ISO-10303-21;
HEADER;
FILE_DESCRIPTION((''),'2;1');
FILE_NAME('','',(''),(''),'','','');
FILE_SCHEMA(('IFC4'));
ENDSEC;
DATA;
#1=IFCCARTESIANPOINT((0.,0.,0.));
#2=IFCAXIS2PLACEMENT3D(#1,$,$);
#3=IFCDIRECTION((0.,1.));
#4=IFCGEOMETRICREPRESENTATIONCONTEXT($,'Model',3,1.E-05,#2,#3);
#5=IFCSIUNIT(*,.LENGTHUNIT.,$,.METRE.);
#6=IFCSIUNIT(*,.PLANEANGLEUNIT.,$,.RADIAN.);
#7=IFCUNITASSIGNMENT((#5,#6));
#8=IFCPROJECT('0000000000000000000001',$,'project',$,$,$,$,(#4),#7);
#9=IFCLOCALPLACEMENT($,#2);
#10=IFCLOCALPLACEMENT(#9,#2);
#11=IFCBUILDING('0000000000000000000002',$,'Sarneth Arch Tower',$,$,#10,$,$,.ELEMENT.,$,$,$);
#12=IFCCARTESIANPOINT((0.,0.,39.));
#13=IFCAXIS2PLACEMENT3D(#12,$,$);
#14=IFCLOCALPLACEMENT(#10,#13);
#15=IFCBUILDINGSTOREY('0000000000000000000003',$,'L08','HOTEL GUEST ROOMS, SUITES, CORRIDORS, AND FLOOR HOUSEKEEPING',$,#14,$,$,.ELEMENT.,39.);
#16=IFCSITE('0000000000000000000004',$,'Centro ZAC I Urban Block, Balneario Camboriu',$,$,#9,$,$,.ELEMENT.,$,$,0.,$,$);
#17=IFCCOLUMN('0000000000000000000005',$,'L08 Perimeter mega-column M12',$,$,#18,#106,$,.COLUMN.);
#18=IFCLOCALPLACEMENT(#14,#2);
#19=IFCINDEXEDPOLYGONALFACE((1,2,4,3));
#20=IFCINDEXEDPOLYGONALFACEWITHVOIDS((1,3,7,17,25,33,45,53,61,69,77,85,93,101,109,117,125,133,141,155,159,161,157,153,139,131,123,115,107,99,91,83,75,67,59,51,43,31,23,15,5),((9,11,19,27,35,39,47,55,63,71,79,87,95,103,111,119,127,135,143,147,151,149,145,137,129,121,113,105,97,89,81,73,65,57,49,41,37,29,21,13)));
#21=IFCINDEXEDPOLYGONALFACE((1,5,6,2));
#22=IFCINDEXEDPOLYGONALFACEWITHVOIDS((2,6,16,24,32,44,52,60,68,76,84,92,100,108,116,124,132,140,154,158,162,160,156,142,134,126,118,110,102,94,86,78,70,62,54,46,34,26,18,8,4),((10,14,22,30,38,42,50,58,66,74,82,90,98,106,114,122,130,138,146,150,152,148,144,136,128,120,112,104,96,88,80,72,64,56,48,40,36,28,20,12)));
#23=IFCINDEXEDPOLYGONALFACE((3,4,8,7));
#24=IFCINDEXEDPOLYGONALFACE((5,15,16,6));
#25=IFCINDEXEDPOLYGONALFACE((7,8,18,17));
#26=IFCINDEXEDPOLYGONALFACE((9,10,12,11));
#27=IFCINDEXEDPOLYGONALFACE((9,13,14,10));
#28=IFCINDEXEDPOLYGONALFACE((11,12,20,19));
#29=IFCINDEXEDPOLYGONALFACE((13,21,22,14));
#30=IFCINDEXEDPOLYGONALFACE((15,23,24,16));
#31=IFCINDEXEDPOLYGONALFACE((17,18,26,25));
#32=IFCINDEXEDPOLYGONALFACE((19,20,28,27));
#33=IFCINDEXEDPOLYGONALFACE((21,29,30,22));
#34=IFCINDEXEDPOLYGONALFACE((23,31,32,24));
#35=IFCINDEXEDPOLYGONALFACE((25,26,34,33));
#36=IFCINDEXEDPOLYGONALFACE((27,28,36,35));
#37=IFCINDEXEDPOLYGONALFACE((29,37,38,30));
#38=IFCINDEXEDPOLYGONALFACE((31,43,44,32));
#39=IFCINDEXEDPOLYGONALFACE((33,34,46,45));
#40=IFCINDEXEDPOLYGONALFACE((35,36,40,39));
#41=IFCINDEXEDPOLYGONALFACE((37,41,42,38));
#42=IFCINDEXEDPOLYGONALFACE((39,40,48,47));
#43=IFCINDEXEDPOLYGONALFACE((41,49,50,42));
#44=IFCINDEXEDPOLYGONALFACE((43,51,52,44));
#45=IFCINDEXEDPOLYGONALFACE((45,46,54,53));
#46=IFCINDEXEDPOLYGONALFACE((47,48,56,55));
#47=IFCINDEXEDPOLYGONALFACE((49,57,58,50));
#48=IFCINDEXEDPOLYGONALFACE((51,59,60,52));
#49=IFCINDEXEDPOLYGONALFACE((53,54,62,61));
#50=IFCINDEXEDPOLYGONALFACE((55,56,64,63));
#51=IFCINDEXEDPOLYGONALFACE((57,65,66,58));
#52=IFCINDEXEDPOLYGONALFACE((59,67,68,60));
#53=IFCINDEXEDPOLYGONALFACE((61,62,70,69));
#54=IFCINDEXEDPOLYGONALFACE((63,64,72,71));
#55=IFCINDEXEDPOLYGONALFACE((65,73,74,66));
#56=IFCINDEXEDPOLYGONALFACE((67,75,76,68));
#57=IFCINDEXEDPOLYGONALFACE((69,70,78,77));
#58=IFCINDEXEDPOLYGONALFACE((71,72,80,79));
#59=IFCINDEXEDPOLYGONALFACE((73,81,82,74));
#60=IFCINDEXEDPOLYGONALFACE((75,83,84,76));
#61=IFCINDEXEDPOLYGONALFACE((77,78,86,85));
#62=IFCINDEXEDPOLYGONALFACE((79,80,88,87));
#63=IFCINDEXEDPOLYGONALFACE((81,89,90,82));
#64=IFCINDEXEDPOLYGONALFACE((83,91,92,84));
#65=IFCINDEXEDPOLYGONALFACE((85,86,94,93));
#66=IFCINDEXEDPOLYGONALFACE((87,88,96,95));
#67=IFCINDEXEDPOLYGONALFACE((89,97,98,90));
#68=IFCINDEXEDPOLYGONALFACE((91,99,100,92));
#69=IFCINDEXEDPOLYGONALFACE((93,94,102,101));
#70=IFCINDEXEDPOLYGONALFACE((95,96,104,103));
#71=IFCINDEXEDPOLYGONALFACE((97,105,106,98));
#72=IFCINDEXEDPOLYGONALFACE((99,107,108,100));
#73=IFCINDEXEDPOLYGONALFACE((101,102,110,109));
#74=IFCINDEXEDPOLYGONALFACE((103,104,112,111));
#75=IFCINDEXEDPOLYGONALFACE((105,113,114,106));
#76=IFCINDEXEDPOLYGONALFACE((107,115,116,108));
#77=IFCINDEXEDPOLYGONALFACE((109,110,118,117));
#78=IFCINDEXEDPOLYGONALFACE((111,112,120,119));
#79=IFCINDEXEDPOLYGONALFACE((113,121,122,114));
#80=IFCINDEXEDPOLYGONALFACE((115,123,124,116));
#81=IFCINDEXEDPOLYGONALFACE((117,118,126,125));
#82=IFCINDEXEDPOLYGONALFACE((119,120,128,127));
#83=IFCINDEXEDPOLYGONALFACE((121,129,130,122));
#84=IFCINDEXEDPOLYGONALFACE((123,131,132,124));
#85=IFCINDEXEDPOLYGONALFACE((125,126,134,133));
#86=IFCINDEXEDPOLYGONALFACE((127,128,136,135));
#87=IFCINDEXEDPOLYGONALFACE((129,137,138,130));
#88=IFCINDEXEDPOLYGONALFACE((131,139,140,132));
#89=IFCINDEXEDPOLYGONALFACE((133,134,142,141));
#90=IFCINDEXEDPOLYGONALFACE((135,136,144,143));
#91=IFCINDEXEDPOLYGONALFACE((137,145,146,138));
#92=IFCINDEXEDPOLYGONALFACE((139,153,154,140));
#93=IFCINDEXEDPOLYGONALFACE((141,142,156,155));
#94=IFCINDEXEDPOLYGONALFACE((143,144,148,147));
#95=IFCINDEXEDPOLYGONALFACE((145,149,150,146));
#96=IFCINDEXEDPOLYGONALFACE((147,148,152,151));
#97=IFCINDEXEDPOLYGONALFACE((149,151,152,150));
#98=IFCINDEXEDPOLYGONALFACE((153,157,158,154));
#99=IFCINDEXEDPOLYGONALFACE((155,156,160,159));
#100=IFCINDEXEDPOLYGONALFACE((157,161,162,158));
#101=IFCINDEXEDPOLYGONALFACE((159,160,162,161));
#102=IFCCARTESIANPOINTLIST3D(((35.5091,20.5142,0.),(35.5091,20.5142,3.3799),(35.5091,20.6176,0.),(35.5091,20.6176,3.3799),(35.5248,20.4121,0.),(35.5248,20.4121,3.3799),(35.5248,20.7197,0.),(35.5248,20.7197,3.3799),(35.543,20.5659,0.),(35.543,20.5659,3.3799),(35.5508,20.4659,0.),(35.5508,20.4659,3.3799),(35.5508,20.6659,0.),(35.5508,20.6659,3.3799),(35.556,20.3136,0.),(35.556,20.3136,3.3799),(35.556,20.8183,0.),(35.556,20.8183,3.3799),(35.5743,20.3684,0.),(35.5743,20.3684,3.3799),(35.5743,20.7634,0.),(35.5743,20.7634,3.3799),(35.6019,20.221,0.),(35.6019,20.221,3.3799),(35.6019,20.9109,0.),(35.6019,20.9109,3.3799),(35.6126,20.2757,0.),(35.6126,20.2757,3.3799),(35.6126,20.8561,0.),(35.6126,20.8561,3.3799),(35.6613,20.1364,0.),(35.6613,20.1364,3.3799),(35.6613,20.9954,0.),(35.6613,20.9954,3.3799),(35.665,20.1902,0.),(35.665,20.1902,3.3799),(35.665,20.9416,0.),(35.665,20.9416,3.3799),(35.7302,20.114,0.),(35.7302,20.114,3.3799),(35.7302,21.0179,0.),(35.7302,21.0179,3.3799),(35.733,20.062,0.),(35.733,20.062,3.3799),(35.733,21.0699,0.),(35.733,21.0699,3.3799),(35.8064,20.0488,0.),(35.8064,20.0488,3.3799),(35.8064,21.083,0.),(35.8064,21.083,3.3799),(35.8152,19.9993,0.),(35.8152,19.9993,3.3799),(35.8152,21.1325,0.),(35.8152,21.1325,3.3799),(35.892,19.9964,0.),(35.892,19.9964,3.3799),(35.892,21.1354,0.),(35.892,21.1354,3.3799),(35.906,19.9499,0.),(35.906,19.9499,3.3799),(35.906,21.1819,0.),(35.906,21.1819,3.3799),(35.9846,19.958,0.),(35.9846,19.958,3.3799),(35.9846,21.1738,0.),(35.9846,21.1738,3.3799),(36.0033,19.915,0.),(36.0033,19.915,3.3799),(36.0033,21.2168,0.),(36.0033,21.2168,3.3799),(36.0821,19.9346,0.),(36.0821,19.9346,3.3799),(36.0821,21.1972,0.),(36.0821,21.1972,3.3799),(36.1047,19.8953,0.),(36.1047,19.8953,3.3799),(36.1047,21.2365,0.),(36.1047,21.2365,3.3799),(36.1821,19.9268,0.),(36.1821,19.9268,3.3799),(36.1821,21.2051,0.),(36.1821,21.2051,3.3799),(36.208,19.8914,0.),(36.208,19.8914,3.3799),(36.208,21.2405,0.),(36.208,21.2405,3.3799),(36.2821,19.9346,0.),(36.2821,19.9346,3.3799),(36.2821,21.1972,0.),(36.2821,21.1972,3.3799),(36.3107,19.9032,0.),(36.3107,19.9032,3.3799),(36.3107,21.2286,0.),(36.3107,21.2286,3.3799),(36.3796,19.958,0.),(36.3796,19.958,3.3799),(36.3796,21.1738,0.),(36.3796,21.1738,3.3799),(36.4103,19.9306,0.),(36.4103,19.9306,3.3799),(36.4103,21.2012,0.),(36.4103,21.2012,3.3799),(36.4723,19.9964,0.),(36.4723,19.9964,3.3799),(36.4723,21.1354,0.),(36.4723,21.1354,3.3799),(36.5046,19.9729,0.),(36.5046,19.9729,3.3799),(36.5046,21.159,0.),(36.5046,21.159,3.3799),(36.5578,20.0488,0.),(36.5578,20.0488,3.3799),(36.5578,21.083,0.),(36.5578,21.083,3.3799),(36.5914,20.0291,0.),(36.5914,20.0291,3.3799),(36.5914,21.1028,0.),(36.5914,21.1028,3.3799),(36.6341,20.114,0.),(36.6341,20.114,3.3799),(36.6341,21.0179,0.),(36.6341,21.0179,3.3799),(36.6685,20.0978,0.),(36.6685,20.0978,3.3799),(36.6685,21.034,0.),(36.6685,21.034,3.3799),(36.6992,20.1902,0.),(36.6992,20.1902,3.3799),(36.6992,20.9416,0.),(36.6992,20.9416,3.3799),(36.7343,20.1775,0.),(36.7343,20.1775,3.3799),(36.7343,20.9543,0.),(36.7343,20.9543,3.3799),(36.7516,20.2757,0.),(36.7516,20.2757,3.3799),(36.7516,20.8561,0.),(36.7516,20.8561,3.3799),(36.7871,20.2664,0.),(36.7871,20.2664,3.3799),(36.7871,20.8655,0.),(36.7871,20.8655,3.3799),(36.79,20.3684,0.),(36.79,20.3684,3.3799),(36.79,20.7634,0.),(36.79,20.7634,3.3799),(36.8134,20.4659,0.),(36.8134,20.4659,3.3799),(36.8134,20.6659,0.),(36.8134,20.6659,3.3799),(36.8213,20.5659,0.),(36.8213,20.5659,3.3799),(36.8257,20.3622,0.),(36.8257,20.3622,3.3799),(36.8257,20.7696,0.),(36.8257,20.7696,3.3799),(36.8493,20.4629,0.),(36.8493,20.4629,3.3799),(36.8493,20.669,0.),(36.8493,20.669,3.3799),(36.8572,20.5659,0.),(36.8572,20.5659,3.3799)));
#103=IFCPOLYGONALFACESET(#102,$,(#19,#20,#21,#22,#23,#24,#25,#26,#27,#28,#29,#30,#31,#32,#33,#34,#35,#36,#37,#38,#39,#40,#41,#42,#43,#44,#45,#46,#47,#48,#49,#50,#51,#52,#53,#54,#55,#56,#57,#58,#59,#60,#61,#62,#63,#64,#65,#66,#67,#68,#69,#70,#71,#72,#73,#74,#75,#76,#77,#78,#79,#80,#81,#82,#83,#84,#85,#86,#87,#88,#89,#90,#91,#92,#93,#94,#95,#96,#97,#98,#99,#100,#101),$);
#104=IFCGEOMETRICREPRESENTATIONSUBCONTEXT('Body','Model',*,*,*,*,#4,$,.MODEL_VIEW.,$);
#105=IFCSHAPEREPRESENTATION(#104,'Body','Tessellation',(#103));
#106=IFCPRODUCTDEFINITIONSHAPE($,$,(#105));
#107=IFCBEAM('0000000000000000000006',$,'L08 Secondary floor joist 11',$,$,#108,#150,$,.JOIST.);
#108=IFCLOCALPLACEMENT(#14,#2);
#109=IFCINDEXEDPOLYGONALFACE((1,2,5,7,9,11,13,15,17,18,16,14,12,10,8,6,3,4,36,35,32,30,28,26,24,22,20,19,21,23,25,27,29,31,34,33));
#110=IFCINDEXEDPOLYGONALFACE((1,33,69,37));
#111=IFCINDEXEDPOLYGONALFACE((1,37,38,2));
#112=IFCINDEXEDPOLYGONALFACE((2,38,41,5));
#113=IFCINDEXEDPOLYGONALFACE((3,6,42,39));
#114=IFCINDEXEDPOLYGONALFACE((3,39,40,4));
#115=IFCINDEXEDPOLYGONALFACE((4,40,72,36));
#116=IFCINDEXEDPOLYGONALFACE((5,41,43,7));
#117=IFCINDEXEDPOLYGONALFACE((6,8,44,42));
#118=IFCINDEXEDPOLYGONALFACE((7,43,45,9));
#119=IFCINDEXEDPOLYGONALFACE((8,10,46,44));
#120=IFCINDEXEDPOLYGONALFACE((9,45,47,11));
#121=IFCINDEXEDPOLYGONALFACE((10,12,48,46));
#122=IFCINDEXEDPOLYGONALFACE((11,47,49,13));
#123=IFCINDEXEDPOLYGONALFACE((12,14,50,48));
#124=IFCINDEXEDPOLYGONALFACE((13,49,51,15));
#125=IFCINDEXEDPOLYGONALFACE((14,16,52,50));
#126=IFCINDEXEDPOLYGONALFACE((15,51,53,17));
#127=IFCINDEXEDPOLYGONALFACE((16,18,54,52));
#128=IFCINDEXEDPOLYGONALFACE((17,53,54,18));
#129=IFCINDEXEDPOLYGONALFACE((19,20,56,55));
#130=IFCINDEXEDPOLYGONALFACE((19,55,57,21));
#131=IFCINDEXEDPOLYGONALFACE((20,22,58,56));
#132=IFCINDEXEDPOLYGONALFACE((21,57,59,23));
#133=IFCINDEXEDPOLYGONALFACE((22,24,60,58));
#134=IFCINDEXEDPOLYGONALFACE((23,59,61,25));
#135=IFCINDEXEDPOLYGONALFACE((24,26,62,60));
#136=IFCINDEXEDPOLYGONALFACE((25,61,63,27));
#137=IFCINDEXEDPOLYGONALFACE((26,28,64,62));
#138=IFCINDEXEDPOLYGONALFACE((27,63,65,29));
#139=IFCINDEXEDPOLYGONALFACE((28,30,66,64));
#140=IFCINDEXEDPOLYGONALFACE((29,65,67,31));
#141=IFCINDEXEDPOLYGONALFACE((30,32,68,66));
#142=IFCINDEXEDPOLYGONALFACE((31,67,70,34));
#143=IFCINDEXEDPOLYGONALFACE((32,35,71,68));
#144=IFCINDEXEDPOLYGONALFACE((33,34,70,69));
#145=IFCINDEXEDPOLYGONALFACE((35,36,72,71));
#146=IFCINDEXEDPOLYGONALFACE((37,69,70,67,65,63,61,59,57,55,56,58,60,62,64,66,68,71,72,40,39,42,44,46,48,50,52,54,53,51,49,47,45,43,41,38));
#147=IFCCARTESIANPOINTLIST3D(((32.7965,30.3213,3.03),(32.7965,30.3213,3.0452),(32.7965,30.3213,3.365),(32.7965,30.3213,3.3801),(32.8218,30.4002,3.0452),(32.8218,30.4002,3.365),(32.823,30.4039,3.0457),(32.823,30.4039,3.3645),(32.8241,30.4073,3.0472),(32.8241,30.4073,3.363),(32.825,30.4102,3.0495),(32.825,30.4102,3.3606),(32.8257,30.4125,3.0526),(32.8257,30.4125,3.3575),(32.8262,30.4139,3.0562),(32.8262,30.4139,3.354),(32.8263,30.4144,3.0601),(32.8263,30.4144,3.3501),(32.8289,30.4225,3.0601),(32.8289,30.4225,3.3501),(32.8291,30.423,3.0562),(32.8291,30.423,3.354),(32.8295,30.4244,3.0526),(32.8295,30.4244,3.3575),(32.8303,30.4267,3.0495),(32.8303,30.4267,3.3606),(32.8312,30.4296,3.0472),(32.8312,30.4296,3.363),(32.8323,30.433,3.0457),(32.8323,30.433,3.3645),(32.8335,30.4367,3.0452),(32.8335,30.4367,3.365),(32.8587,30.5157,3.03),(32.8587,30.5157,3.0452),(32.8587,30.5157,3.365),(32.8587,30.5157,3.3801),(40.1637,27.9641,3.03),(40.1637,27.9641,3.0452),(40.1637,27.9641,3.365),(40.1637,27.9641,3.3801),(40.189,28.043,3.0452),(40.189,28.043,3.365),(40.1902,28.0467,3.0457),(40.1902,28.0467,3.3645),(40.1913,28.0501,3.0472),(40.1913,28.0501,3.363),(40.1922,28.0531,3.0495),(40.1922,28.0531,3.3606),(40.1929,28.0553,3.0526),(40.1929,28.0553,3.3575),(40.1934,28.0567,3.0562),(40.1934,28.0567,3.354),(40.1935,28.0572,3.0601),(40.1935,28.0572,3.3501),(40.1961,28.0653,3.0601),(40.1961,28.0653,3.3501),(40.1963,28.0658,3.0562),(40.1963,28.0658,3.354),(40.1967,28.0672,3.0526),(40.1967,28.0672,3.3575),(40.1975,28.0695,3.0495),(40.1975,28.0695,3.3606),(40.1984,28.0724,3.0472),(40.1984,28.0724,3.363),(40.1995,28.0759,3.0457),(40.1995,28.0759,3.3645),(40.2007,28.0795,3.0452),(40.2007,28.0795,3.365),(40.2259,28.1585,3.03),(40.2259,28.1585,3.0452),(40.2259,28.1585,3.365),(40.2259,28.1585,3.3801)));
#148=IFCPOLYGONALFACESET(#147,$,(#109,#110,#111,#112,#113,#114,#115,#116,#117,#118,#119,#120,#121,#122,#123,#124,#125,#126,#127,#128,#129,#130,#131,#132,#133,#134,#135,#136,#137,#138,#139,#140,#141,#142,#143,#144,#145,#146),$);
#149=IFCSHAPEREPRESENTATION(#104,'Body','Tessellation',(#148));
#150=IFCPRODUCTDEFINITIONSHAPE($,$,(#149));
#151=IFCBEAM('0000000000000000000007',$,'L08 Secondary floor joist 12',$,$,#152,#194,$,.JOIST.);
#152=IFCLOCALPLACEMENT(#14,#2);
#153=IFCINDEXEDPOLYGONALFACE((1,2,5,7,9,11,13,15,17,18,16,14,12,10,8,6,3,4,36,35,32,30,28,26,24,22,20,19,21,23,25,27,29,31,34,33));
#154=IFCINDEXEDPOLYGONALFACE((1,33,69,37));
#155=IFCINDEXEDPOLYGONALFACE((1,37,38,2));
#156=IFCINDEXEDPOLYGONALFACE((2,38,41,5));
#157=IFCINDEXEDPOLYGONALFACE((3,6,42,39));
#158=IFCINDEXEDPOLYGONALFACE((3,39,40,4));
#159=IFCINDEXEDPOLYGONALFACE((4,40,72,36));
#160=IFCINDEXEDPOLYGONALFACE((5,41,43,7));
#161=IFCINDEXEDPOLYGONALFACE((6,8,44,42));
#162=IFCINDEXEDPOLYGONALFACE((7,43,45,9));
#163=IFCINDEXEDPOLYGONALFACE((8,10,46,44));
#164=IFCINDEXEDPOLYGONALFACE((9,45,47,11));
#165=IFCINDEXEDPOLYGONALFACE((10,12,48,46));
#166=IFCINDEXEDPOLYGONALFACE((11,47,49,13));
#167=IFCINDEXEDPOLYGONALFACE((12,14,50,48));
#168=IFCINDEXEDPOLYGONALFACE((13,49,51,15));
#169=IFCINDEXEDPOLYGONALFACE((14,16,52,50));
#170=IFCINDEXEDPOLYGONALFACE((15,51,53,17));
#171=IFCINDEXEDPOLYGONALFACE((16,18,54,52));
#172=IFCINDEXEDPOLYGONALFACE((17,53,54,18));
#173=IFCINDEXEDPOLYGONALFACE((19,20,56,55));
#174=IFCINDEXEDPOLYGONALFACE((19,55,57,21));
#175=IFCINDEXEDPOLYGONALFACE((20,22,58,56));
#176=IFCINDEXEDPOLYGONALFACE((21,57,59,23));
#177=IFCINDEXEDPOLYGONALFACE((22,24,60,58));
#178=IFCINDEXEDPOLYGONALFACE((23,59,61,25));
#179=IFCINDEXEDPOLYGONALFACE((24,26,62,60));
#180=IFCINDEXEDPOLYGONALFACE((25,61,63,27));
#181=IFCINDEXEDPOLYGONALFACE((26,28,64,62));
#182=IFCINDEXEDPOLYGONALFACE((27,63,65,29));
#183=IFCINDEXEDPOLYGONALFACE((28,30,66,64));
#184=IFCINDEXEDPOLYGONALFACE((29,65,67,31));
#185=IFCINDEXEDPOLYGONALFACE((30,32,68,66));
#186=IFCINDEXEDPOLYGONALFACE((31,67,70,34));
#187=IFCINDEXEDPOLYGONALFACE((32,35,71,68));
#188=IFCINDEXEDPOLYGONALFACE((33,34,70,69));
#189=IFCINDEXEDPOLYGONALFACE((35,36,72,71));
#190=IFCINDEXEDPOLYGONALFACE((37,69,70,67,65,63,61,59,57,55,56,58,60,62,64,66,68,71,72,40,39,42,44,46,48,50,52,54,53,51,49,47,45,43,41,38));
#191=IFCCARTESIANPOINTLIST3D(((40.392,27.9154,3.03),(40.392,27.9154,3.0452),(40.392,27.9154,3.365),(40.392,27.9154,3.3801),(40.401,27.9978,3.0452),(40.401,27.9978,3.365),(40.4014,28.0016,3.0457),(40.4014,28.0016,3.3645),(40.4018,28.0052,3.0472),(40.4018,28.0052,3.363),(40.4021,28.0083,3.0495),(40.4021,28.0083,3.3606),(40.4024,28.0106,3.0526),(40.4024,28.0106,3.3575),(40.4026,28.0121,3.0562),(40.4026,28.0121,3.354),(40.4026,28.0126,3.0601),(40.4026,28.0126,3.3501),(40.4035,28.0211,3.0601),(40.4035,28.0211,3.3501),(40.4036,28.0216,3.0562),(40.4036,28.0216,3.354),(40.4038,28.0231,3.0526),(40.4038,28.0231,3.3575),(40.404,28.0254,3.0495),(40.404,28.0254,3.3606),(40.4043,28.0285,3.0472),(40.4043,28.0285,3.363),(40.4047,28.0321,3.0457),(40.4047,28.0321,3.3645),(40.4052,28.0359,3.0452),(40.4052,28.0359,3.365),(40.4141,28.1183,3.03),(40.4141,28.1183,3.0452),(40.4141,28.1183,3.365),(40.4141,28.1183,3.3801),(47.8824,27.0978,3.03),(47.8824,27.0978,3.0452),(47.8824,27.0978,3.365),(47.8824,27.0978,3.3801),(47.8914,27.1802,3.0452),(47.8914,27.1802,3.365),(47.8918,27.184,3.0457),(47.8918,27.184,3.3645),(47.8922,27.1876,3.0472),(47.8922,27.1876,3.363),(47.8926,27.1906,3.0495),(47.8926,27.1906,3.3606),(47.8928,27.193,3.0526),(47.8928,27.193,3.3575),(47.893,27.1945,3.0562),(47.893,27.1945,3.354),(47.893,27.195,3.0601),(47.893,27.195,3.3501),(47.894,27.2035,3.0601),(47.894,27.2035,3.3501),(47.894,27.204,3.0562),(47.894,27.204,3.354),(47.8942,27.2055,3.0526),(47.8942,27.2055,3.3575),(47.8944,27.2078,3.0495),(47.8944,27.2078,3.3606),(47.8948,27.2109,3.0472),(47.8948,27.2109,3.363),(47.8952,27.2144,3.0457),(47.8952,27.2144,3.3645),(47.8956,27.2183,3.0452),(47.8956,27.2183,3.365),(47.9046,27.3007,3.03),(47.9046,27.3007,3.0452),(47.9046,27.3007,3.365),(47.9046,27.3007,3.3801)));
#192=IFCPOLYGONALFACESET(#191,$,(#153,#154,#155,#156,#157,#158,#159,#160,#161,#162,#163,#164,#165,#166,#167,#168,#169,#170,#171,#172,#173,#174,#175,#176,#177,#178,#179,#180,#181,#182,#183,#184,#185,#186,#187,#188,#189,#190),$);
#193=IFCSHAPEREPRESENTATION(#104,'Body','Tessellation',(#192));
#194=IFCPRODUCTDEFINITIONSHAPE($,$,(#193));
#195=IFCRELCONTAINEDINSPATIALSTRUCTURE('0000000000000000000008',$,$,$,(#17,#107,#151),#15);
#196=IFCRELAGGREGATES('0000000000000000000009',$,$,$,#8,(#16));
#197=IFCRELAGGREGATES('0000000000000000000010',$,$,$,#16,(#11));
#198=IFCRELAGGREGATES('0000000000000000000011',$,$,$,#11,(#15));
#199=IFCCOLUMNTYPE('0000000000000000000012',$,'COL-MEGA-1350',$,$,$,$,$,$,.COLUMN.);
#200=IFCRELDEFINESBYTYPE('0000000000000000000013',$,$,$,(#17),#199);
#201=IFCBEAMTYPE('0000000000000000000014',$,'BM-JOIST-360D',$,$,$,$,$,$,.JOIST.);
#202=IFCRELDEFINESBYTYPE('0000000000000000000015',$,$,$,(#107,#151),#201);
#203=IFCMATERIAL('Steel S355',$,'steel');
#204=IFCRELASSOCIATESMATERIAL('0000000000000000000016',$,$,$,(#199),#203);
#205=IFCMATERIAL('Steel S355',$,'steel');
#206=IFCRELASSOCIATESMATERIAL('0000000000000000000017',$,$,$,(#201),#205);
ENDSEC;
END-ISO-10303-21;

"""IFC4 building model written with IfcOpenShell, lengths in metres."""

from ifc_helpers import new_model, si_unit, direction, frame, origin, origin_2d, place, context, subcontext, project, spatial, hollow_circle, i_section, extrude, material, material_profile, profile_set, type_object, element, save


model = new_model("IFC4")

# Units and contexts
model_context = context("Model", 3, precision=1e-05, world=origin(), true_north=direction((0.0, 1.0)))
body_context = subcontext(model_context, "Body", "Model", "MODEL_VIEW")
ifc_project = project(units=[si_unit("LENGTHUNIT", "METRE"), si_unit("PLANEANGLEUNIT", "RADIAN")], contexts=[model_context])

# Site, building, storey
site_placement = place(None, origin())
site = spatial("IfcSite", under=ifc_project, at=site_placement, Name="Centro ZAC I Urban Block, Balneario Camboriu", CompositionType="ELEMENT", RefElevation=0.0)
building_placement = place(site_placement, origin())
building = spatial("IfcBuilding", under=site, at=building_placement, Name="Sarneth Arch Tower", CompositionType="ELEMENT")
storey_placement = place(building_placement, frame((0.0, 0.0, 39.0)))
storey = spatial("IfcBuildingStorey", under=building, at=storey_placement, Name="L08", Description="HOTEL GUEST ROOMS, SUITES, CORRIDORS, AND FLOOR HOUSEKEEPING", CompositionType="ELEMENT", Elevation=39.0)

# Column
ifc_material_1 = material(Name="Steel S355", Category="steel")
ifc_material_profile_1 = material_profile(ifc_material_1, hollow_circle(Radius=0.675, WallThickness=0.0359, at=origin_2d()), Name="CHS1350x36")
ifc_profile_set_1 = profile_set([ifc_material_profile_1], Name="Steel S355")
column_type = type_object("IfcColumnType", Name="COL-MEGA-1350", PredefinedType="COLUMN", material=ifc_profile_set_1)
column_placement = place(storey_placement, frame((36.1821, 20.5659, 0.0), z_axis=(0.0, 0.0, 1.0), x_axis=(1.0, 0.0, 0.0)))
element("IfcColumn", 1, at=column_placement, inside=storey, type_object=column_type, Name="L08 Perimeter mega-column M12", PredefinedType="COLUMN", context=body_context, shape_type="SweptSolid", body=[
    extrude(hollow_circle(Radius=0.675, WallThickness=0.0359, at=origin_2d()), origin(), (0.0, 0.0, 1.0), 3.3799),
])

# Beams
ifc_material_2 = material(Name="Steel S355", Category="steel")
ifc_material_profile_2 = material_profile(ifc_material_2, i_section(OverallWidth=0.2041, OverallDepth=0.3501, WebThickness=0.0085, FlangeThickness=0.0151, FilletRadius=0.0149, at=origin_2d()), Name="W360x72")
ifc_profile_set_2 = profile_set([ifc_material_profile_2], Name="Steel S355")
beam_type_1 = type_object("IfcBeamType", Name="BM-JOIST-360D", PredefinedType="JOIST", material=ifc_profile_set_2)
beam_1_placement = place(storey_placement, frame((32.8276, 30.4185, 3.2051), z_axis=(0.952436, -0.304738, 0.0), x_axis=(0.304738, 0.952436, 0.0)))
element("IfcBeam", 2, at=beam_1_placement, inside=storey, type_object=beam_type_1, Name="L08 Secondary floor joist 11", PredefinedType="JOIST", context=body_context, shape_type="SweptSolid", body=[
    extrude(i_section(OverallWidth=0.2041, OverallDepth=0.3501, WebThickness=0.0085, FlangeThickness=0.0151, FilletRadius=0.0149, at=origin_2d()), origin(), (0.0, 0.0, 1.0), 7.7351),
])
beam_2_placement = place(storey_placement, frame((40.4031, 28.0168, 3.2051), z_axis=(0.994095, -0.108511, 0.0), x_axis=(0.108511, 0.994095, 0.0)))
element("IfcBeam", 3, at=beam_2_placement, inside=storey, type_object=beam_type_1, Name="L08 Secondary floor joist 12", PredefinedType="JOIST", context=body_context, shape_type="SweptSolid", body=[
    extrude(i_section(OverallWidth=0.2041, OverallDepth=0.3501, WebThickness=0.0085, FlangeThickness=0.0151, FilletRadius=0.0149, at=origin_2d()), origin(), (0.0, 0.0, 1.0), 7.5349),
])

save(model, "model.ifc")
